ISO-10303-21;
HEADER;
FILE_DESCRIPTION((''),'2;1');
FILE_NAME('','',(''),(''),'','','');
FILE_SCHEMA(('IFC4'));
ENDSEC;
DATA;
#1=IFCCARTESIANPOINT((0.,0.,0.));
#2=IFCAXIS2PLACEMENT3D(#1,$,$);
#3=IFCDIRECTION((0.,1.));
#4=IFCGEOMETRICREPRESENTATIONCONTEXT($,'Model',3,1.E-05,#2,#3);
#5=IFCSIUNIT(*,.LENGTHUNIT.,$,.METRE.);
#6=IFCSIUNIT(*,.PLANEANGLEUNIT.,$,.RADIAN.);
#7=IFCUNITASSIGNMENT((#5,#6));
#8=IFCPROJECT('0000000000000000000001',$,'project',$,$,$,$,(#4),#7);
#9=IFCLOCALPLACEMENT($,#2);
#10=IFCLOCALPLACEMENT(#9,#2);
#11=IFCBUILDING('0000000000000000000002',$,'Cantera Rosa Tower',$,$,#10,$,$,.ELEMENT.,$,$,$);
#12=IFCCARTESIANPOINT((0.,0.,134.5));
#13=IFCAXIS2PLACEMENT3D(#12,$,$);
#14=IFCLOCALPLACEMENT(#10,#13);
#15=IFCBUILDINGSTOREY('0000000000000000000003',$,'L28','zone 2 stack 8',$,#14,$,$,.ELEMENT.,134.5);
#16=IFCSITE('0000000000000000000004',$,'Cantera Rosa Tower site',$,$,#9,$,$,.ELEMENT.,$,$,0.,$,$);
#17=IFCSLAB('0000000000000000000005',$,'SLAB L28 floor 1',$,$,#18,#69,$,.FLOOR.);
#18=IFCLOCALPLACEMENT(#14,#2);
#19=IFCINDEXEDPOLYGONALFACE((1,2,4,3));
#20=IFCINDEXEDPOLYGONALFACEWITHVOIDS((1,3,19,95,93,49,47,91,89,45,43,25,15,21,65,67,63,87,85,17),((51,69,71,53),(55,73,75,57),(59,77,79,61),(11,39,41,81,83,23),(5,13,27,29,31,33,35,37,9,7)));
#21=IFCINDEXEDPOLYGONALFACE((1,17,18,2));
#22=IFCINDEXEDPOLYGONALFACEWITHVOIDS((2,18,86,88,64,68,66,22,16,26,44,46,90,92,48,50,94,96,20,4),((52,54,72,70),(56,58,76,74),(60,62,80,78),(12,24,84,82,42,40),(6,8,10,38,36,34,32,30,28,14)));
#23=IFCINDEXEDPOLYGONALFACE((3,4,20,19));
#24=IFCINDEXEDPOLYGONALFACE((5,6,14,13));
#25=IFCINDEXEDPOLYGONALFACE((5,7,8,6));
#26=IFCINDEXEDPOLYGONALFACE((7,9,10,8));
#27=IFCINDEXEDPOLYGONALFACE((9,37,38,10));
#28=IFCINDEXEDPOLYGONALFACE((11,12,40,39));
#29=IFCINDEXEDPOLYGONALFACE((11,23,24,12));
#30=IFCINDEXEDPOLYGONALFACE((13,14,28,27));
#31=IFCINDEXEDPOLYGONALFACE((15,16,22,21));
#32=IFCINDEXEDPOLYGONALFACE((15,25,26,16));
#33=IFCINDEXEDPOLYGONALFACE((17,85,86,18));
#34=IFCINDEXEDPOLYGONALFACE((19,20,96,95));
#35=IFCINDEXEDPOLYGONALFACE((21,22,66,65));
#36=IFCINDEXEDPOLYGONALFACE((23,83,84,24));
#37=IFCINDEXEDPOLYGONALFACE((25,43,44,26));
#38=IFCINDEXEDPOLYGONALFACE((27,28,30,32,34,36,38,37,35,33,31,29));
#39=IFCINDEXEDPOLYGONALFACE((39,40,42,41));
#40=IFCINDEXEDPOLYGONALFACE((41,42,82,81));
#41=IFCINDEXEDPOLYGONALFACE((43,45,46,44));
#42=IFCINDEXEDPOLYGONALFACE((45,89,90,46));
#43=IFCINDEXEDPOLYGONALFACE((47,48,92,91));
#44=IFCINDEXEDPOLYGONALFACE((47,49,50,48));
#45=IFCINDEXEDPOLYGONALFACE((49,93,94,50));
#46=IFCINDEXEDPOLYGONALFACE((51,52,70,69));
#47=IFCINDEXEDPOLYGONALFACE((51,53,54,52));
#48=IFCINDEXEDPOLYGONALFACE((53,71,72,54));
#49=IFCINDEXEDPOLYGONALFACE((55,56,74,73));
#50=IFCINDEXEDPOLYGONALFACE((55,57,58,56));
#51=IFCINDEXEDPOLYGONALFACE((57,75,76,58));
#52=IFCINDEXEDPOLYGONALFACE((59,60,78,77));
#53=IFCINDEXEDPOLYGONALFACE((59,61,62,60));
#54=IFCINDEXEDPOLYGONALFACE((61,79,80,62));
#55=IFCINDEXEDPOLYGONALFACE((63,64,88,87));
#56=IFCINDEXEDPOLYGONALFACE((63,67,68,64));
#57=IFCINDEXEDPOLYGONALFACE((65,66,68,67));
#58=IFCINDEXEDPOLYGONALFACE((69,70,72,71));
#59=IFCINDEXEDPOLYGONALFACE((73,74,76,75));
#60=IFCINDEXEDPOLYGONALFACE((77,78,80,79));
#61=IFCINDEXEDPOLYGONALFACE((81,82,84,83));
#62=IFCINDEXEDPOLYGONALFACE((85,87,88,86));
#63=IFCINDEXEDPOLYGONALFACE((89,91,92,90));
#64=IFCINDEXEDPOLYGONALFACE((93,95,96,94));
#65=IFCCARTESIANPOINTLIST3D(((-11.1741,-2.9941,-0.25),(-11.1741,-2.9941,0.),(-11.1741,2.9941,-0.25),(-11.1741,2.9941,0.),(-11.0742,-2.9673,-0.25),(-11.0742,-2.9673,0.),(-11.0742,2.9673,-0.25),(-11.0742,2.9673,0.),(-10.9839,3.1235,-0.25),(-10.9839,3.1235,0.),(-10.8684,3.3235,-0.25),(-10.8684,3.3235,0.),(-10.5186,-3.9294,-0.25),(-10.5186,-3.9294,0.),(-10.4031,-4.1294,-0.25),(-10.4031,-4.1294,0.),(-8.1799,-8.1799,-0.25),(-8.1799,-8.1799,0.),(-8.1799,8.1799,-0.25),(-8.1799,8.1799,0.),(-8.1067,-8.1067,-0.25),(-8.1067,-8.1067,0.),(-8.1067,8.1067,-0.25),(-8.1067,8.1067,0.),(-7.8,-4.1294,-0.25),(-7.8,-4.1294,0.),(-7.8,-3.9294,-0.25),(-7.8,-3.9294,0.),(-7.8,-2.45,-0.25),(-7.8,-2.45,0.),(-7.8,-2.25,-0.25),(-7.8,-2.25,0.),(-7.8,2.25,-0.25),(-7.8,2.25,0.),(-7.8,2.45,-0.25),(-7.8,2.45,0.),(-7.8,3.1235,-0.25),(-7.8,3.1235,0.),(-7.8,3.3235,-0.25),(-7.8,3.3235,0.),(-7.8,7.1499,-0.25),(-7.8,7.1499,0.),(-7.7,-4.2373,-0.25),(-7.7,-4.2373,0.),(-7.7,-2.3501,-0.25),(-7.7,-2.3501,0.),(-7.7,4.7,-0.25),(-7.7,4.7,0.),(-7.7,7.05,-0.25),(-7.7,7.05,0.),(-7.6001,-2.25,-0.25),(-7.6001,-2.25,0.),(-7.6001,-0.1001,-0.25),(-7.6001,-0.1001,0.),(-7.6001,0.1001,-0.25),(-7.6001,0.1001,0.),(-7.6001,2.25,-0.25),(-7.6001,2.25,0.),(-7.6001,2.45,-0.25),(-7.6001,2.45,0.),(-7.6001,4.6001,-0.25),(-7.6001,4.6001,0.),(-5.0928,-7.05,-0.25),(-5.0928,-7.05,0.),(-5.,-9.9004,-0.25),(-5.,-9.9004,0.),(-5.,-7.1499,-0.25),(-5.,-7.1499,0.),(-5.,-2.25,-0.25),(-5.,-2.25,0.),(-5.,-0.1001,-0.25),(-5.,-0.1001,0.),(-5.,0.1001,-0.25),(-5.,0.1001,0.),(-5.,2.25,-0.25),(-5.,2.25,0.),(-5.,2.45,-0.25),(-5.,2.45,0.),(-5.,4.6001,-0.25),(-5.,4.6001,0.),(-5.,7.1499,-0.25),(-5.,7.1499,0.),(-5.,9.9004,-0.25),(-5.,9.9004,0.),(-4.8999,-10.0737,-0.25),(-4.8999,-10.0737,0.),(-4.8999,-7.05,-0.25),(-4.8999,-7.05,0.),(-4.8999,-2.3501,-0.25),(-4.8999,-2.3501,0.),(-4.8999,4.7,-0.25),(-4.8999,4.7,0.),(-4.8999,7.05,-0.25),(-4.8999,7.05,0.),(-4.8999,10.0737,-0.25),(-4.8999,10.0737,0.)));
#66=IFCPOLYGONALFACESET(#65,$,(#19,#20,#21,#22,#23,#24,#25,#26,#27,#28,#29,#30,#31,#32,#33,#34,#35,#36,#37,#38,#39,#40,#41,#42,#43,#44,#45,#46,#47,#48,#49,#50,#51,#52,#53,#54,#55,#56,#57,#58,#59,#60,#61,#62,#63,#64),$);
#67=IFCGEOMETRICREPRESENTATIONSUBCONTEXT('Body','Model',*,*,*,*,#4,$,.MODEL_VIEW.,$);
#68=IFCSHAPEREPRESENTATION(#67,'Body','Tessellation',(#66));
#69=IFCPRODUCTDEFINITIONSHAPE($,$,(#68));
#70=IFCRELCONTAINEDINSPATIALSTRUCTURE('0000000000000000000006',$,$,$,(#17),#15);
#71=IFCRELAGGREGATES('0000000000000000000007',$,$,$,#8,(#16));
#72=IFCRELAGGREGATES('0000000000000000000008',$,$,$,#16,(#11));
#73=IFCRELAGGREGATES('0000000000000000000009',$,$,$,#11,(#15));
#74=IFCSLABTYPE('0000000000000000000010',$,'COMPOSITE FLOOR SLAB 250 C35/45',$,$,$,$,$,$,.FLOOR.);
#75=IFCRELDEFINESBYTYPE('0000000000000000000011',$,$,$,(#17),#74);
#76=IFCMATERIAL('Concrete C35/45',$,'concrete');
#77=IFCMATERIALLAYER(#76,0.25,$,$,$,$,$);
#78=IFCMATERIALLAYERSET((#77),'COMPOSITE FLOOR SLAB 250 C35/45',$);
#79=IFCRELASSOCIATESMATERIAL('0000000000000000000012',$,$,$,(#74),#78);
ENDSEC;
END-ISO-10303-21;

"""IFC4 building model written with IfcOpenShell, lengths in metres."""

from ifc_helpers import new_model, si_unit, direction, frame, origin, place, context, subcontext, project, spatial, polyline, outline, extrude, material, layer, layer_set, type_object, element, save


model = new_model("IFC4")

# Units and contexts
model_context = context("Model", 3, precision=1e-05, world=origin(), true_north=direction((0.0, 1.0)))
body_context = subcontext(model_context, "Body", "Model", "MODEL_VIEW")
ifc_project = project(units=[si_unit("LENGTHUNIT", "METRE"), si_unit("PLANEANGLEUNIT", "RADIAN")], contexts=[model_context])

# Site, building, storey
site_placement = place(None, origin())
site = spatial("IfcSite", under=ifc_project, at=site_placement, Name="Cantera Rosa Tower site", CompositionType="ELEMENT", RefElevation=0.0)
building_placement = place(site_placement, origin())
building = spatial("IfcBuilding", under=site, at=building_placement, Name="Cantera Rosa Tower", CompositionType="ELEMENT")
storey_placement = place(building_placement, frame((0.0, 0.0, 134.5)))
storey = spatial("IfcBuildingStorey", under=building, at=storey_placement, Name="L28", Description="zone 2 stack 8", CompositionType="ELEMENT", Elevation=134.5)

# Slab
ifc_material_1 = material(Name="Concrete C35/45", Category="concrete")
ifc_layer_1 = layer(ifc_material_1, 0.25)
ifc_layer_set_1 = layer_set([ifc_layer_1], Name="COMPOSITE FLOOR SLAB 250 C35/45")
slab_type_1 = type_object("IfcSlabType", Name="COMPOSITE FLOOR SLAB 250 C35/45", PredefinedType="FLOOR", material=ifc_layer_set_1)
slab_1_placement = place(storey_placement, frame((0.0, 0.0, -0.25)))
element("IfcSlab", 1, at=slab_1_placement, inside=storey, type_object=slab_type_1, Name="SLAB L28 floor 1", PredefinedType="FLOOR", context=body_context, shape_type="SweptSolid", body=[
    extrude(outline(polyline([(-5.0, -9.9004), (-5.0, -7.1499), (-5.0928, -7.05), (-4.8999, -7.05), (-4.8999, -10.0737), (-8.1799, -8.1799), (-11.1741, -2.9941), (-11.1741, 2.9941), (-8.1799, 8.1799), (-4.8999, 10.0737), (-4.8999, 7.05), (-7.7, 7.05), (-7.7, 4.7), (-4.8999, 4.7), (-4.8999, -2.3501), (-7.7, -2.3501), (-7.7, -4.2373), (-7.8, -4.1294), (-10.4031, -4.1294), (-8.1067, -8.1067), (-5.0, -9.9004)]), holes=[polyline([(-5.0, -2.25), (-5.0, -0.1001), (-7.6001, -0.1001), (-7.6001, -2.25), (-5.0, -2.25)]), polyline([(-10.5186, -3.9294), (-7.8, -3.9294), (-7.8, -2.45), (-7.8, -2.25), (-7.8, 2.25), (-7.8, 2.45), (-7.8, 3.1235), (-10.9839, 3.1235), (-11.0742, 2.9673), (-11.0742, -2.9673), (-10.5186, -3.9294)]), polyline([(-5.0, 2.25), (-7.6001, 2.25), (-7.6001, 0.1001), (-5.0, 0.1001), (-5.0, 2.25)]), polyline([(-5.0, 4.6001), (-7.6001, 4.6001), (-7.6001, 2.45), (-5.0, 2.45), (-5.0, 4.6001)]), polyline([(-7.8, 7.1499), (-5.0, 7.1499), (-5.0, 9.9004), (-8.1067, 8.1067), (-10.8684, 3.3235), (-7.8, 3.3235), (-7.8, 7.1499)])]), origin(), (0.0, 0.0, 1.0), 0.25),
])

save(model, "model.ifc")
